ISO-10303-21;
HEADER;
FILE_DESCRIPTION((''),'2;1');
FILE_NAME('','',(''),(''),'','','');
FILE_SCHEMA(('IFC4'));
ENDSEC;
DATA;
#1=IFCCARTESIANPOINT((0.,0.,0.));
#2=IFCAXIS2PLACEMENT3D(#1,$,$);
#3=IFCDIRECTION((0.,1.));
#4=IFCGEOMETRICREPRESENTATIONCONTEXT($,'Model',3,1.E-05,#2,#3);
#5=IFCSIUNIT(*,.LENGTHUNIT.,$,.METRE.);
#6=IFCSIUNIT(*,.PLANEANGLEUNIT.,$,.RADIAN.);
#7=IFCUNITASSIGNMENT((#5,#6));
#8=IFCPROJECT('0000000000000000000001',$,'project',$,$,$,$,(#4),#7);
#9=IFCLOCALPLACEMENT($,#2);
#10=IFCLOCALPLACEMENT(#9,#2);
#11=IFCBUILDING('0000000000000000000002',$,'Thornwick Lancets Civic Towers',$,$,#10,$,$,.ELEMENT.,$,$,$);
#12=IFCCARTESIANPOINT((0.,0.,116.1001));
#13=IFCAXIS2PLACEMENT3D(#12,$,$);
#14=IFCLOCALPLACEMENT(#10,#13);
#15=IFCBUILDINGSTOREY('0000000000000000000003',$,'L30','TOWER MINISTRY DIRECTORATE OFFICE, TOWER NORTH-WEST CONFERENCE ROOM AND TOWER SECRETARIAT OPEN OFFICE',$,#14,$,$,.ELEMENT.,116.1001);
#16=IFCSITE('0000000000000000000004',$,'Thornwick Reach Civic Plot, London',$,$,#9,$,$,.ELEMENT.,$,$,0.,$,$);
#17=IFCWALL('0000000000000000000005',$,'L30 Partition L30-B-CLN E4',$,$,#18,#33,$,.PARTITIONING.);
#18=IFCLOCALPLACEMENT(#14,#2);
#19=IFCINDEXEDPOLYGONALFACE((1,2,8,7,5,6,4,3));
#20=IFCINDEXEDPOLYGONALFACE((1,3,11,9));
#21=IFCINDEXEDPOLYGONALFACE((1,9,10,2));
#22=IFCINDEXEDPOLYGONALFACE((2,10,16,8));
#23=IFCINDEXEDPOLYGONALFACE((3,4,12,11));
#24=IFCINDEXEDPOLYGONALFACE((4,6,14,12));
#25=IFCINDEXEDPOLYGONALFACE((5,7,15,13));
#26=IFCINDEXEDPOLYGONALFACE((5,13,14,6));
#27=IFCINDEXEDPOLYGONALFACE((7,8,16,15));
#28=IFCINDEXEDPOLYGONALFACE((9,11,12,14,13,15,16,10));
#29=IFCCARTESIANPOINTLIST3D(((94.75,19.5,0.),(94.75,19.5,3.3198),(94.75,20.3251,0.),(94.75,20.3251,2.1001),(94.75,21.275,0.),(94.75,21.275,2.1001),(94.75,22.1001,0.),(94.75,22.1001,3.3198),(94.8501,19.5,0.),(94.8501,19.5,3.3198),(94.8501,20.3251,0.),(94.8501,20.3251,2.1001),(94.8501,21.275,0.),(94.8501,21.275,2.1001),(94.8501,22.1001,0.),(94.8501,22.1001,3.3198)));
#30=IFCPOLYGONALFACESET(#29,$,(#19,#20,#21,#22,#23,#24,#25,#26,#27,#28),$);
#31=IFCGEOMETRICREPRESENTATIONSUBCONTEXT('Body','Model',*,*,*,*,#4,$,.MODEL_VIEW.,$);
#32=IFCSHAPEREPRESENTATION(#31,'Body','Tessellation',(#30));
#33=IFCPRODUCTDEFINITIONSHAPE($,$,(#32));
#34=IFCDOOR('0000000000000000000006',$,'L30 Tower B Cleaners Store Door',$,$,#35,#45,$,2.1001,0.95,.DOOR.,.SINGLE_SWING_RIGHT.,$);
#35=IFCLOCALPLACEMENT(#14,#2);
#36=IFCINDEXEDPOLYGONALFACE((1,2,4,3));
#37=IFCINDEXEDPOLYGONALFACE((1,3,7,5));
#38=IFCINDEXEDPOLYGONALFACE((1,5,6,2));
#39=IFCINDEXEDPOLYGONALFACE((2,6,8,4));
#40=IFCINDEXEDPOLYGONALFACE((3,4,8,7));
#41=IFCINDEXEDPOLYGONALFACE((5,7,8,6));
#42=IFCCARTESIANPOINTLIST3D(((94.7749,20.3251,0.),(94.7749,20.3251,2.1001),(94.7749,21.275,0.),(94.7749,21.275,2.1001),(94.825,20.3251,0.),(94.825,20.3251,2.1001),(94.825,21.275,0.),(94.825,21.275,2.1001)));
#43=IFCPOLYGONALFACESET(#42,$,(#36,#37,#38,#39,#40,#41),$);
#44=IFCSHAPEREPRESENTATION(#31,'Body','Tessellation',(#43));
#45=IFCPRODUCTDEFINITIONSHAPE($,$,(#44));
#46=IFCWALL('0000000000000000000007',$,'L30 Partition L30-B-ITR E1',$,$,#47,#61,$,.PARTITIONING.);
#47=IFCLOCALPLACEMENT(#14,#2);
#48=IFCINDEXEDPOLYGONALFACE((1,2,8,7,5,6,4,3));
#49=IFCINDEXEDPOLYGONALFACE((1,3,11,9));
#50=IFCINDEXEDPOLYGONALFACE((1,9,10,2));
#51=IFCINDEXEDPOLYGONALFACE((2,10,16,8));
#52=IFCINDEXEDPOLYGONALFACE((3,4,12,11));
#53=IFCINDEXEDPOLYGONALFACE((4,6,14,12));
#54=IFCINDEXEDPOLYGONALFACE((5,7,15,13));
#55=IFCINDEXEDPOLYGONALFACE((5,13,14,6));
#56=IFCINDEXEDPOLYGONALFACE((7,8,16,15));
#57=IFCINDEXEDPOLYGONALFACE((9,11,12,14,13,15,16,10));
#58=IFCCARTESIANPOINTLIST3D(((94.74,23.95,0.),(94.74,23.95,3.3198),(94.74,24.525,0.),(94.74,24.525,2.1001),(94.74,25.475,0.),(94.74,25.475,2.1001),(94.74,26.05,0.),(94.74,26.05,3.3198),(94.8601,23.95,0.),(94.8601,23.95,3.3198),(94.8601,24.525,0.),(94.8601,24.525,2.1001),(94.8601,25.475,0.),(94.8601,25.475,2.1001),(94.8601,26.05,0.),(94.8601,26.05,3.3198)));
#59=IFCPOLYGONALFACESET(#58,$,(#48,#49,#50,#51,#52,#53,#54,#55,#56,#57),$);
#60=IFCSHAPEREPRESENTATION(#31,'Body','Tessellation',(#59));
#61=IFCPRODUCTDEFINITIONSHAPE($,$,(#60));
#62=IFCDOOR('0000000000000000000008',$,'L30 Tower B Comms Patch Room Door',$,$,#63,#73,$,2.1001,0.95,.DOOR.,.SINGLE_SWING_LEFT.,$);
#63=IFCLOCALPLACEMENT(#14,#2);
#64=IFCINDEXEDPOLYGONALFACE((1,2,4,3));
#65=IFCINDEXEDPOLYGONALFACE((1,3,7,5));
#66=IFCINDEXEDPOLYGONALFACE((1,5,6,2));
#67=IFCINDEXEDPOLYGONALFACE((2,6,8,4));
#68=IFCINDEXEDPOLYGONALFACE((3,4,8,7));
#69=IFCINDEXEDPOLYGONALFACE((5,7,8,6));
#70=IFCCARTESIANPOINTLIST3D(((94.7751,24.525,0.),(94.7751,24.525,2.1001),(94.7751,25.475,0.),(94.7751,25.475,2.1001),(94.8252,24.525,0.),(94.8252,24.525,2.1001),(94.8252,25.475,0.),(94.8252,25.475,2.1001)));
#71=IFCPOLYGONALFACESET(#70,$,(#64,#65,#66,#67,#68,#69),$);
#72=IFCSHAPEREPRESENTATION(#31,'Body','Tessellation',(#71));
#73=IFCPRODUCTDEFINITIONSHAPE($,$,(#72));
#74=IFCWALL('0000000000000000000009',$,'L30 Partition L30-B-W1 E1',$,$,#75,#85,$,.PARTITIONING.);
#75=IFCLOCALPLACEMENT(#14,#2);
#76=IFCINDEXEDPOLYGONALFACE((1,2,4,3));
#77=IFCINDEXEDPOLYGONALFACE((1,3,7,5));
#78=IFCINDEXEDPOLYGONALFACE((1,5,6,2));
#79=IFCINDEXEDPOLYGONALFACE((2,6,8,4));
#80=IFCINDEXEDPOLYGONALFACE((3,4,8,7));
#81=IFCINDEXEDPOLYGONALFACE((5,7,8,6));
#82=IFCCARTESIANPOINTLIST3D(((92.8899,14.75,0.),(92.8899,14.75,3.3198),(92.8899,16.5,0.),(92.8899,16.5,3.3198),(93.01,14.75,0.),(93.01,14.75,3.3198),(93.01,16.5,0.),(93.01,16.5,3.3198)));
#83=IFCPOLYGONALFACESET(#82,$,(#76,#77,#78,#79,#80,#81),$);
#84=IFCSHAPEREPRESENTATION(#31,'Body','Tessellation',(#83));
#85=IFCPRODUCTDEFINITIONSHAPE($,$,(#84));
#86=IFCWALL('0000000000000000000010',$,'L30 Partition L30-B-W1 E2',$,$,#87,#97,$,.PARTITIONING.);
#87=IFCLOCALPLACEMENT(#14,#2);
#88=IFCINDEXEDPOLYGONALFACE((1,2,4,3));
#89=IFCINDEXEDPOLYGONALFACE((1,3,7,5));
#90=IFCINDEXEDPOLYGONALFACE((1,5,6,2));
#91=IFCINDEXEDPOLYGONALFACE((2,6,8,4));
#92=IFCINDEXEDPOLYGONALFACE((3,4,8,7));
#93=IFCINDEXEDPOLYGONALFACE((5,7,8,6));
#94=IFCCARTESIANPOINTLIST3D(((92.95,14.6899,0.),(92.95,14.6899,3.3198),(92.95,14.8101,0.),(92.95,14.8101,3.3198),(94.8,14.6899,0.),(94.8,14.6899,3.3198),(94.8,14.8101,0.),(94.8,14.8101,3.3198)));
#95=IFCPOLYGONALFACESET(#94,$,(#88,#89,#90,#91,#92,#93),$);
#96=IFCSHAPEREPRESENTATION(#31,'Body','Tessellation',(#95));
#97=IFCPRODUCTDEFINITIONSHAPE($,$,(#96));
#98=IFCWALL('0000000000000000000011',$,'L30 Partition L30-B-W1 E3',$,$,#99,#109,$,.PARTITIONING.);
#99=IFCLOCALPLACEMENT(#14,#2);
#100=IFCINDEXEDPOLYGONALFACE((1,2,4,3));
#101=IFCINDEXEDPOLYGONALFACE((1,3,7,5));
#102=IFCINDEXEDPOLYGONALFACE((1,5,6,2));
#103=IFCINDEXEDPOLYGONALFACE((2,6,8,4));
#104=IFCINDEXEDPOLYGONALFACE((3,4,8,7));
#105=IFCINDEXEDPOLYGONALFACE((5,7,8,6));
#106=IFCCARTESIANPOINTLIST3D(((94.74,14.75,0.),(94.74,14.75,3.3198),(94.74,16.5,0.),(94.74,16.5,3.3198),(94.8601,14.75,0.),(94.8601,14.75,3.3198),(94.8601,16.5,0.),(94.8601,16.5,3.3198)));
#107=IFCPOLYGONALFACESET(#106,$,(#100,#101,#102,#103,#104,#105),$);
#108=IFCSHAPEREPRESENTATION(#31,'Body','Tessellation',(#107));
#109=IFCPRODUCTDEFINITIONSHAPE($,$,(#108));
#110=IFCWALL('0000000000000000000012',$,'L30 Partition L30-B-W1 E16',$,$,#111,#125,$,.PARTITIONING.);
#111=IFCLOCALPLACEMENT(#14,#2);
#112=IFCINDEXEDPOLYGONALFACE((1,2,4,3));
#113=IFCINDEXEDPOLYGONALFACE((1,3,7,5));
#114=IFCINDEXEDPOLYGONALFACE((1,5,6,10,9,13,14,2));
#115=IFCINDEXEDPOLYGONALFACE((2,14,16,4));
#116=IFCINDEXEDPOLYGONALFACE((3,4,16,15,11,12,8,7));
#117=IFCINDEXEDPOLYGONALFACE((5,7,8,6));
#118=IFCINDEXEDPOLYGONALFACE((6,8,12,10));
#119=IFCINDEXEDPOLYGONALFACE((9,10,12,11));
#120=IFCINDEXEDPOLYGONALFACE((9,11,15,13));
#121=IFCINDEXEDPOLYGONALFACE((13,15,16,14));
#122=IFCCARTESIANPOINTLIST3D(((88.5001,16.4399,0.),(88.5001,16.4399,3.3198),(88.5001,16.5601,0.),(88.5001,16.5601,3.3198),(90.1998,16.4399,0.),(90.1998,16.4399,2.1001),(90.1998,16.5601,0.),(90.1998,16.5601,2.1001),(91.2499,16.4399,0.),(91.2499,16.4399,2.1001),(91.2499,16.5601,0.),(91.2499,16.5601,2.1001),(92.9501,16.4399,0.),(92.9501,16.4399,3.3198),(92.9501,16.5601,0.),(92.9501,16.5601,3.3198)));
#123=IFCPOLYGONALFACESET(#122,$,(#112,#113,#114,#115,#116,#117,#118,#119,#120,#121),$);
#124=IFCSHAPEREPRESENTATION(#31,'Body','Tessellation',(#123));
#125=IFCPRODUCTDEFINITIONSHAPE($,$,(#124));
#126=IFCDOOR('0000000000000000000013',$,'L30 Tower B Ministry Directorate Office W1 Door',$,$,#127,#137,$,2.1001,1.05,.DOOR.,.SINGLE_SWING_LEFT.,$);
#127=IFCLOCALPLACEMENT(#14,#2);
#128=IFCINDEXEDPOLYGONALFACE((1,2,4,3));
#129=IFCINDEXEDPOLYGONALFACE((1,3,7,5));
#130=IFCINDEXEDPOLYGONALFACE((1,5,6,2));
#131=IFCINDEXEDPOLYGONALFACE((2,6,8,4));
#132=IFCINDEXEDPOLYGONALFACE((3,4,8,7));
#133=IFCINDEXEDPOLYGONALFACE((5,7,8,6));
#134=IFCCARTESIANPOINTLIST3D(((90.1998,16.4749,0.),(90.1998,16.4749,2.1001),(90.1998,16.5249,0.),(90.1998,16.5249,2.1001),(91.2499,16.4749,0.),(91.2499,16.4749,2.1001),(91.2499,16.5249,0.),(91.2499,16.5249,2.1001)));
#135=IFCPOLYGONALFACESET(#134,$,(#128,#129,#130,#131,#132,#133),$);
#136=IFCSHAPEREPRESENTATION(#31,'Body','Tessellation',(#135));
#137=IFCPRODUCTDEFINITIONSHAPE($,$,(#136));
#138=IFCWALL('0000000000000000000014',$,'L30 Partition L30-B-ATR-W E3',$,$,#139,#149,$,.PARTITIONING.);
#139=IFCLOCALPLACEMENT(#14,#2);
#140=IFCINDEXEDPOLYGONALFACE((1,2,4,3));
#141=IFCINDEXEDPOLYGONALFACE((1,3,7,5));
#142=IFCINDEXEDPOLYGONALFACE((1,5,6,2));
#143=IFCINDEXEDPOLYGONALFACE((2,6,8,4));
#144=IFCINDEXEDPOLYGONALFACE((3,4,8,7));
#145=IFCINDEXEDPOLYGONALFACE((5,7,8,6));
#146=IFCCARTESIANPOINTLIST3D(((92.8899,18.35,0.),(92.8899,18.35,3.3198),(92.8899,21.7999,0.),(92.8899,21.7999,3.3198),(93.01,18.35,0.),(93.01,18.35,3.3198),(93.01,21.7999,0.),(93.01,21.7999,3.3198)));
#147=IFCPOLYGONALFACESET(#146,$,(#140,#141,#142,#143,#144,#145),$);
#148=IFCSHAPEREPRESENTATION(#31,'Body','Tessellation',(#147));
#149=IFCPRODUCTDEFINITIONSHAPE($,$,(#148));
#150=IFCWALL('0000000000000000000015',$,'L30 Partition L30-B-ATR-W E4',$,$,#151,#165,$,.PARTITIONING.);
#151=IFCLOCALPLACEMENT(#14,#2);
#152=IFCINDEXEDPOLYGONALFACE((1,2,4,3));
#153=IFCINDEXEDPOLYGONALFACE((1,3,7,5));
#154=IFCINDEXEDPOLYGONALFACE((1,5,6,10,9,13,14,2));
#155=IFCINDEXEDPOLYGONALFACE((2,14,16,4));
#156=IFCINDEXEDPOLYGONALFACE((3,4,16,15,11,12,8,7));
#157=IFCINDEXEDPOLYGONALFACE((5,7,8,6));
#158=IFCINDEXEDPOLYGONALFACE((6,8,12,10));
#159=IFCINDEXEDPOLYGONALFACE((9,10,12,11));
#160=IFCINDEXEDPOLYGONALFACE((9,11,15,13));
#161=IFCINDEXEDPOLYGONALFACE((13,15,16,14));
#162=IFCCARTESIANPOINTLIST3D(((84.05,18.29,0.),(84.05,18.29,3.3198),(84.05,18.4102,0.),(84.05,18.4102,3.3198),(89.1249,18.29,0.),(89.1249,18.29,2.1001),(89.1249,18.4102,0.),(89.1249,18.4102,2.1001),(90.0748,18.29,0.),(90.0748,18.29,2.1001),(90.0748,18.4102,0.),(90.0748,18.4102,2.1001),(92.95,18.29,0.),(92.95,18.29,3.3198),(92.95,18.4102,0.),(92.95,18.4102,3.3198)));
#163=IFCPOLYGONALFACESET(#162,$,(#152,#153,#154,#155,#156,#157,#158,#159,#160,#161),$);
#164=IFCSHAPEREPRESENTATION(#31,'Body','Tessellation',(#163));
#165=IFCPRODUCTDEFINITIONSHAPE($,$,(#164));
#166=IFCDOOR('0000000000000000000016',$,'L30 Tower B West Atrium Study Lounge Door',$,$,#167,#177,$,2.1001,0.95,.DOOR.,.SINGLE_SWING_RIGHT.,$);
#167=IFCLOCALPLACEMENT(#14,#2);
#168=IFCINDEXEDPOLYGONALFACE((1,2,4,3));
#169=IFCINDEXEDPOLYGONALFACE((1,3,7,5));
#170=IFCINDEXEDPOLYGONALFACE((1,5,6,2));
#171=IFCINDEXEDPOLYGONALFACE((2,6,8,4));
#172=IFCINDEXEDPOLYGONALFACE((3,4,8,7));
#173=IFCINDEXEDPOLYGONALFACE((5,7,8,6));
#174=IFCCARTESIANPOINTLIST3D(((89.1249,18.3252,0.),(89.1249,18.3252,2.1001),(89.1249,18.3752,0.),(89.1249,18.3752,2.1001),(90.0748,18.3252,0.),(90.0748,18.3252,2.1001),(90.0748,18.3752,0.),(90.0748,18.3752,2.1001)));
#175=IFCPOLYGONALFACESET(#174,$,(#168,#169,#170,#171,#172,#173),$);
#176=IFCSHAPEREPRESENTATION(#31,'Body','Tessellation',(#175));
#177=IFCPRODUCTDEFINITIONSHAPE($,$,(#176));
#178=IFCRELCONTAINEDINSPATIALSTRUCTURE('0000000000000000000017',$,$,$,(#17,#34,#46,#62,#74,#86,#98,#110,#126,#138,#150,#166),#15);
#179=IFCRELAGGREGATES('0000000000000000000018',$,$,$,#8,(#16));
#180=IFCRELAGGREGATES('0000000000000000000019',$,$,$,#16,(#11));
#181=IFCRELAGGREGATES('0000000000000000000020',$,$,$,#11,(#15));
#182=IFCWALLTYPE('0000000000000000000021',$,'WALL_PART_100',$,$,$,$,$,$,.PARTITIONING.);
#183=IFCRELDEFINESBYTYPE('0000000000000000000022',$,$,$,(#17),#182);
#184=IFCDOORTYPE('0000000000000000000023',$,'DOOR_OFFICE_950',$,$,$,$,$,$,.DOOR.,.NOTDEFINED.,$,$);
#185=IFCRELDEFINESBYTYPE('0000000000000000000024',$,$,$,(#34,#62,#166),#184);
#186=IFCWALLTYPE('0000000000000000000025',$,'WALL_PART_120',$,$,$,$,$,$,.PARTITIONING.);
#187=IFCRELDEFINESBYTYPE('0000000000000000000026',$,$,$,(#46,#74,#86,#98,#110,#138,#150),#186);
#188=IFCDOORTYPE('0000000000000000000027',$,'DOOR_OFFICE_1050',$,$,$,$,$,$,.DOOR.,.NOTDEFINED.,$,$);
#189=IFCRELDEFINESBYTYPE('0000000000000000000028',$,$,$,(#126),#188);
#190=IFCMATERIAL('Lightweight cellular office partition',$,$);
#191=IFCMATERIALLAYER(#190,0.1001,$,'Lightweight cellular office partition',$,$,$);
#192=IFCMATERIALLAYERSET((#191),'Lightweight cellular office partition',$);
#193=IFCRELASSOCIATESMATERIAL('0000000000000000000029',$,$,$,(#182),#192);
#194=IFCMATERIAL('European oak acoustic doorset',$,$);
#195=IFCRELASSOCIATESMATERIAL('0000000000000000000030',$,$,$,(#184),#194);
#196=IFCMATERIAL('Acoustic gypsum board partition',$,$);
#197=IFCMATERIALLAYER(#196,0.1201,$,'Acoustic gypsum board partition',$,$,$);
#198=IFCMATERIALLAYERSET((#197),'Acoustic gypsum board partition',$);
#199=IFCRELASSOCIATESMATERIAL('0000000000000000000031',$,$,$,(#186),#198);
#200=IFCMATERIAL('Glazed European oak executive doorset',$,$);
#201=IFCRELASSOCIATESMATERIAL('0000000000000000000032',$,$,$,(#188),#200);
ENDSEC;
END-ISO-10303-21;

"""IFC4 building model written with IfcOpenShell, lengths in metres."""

from ifc_helpers import new_model, si_unit, direction, frame, frame_2d, origin, place, context, subcontext, project, spatial, rectangle, extrude, material, layer, layer_set, type_object, element, fill, save


model = new_model("IFC4")

# Units and contexts
model_context = context("Model", 3, precision=1e-05, world=origin(), true_north=direction((0.0, 1.0)))
body_context = subcontext(model_context, "Body", "Model", "MODEL_VIEW")
ifc_project = project(units=[si_unit("LENGTHUNIT", "METRE"), si_unit("PLANEANGLEUNIT", "RADIAN")], contexts=[model_context])

# Site, building, storey
site_placement = place(None, origin())
site = spatial("IfcSite", under=ifc_project, at=site_placement, Name="Thornwick Reach Civic Plot, London", CompositionType="ELEMENT", RefElevation=0.0)
building_placement = place(site_placement, origin())
building = spatial("IfcBuilding", under=site, at=building_placement, Name="Thornwick Lancets Civic Towers", CompositionType="ELEMENT")
storey_placement = place(building_placement, frame((0.0, 0.0, 116.1001)))
storey = spatial("IfcBuildingStorey", under=building, at=storey_placement, Name="L30", Description="TOWER MINISTRY DIRECTORATE OFFICE, TOWER NORTH-WEST CONFERENCE ROOM AND TOWER SECRETARIAT OPEN OFFICE", CompositionType="ELEMENT", Elevation=116.1001)

# Shared definitions
ifc_material_1 = material(Name="Lightweight cellular office partition")
ifc_layer_1 = layer(ifc_material_1, 0.1001, Name="Lightweight cellular office partition")
ifc_layer_set_1 = layer_set([ifc_layer_1], Name="Lightweight cellular office partition")
wall_type_1 = type_object("IfcWallType", Name="WALL_PART_100", PredefinedType="PARTITIONING", material=ifc_layer_set_1)

# Walls, openings, doors
wall_1_placement = place(storey_placement, frame((94.8, 22.1001, 0.0), z_axis=(0.0, 0.0, 1.0), x_axis=(0.0, -1.0, 0.0)))
wall_1 = element("IfcWall", 1, at=wall_1_placement, inside=storey, type_object=wall_type_1, Name="L30 Partition L30-B-CLN E4", PredefinedType="PARTITIONING", context=body_context, shape_type="SweptSolid", body=[
    extrude(rectangle(XDim=2.6001, YDim=0.1001, at=frame_2d((1.3, 0.0))), origin(), (0.0, 0.0, 1.0), 3.3198),
])
opening_1_placement = place(wall_1_placement, frame((0.825, 0.0, 0.0)))
opening_1 = element("IfcOpeningElement", 2, at=opening_1_placement, cuts=wall_1, PredefinedType="OPENING", context=body_context, shape_type="SweptSolid", body=[
    extrude(rectangle(XDim=0.95, YDim=2.1001, at=frame_2d((0.4751, 1.05))), frame((0.0, 0.0601, 0.0), z_axis=(0.0, -1.0, 0.0), x_axis=(1.0, 0.0, 0.0)), (0.0, 0.0, 1.0), 0.1201),
])
ifc_material_2 = material(Name="European oak acoustic doorset")
door_type_1 = type_object("IfcDoorType", Name="DOOR_OFFICE_950", OperationType="NOTDEFINED", PredefinedType="DOOR", material=ifc_material_2)
door_1_placement = place(opening_1_placement, origin())
door_1 = element("IfcDoor", 3, at=door_1_placement, inside=storey, type_object=door_type_1, Name="L30 Tower B Cleaners Store Door", OperationType="SINGLE_SWING_RIGHT", OverallHeight=2.1001, OverallWidth=0.95, PredefinedType="DOOR", context=body_context, shape_type="SweptSolid", body=[
    extrude(rectangle(XDim=0.95, YDim=2.1001, at=frame_2d((0.4751, 1.05))), frame((0.0, 0.0249, 0.0), z_axis=(0.0, -1.0, 0.0), x_axis=(1.0, 0.0, 0.0)), (0.0, 0.0, 1.0), 0.05),
])
fill(opening_1, door_1)
ifc_material_3 = material(Name="Acoustic gypsum board partition")
ifc_layer_2 = layer(ifc_material_3, 0.1201, Name="Acoustic gypsum board partition")
ifc_layer_set_2 = layer_set([ifc_layer_2], Name="Acoustic gypsum board partition")
wall_type_2 = type_object("IfcWallType", Name="WALL_PART_120", PredefinedType="PARTITIONING", material=ifc_layer_set_2)
wall_2_placement = place(storey_placement, frame((94.8, 23.95, 0.0), z_axis=(0.0, 0.0, 1.0), x_axis=(0.0, 1.0, 0.0)))
wall_2 = element("IfcWall", 4, at=wall_2_placement, inside=storey, type_object=wall_type_2, Name="L30 Partition L30-B-ITR E1", PredefinedType="PARTITIONING", context=body_context, shape_type="SweptSolid", body=[
    extrude(rectangle(XDim=2.1001, YDim=0.1201, at=frame_2d((1.05, 0.0))), origin(), (0.0, 0.0, 1.0), 3.3198),
])
opening_2_placement = place(wall_2_placement, frame((0.575, 0.0, 0.0)))
opening_2 = element("IfcOpeningElement", 5, at=opening_2_placement, cuts=wall_2, PredefinedType="OPENING", context=body_context, shape_type="SweptSolid", body=[
    extrude(rectangle(XDim=0.95, YDim=2.1001, at=frame_2d((0.4751, 1.05))), frame((0.0, 0.0701, 0.0), z_axis=(0.0, -1.0, 0.0), x_axis=(1.0, 0.0, 0.0)), (0.0, 0.0, 1.0), 0.1401),
])
door_2_placement = place(opening_2_placement, origin())
door_2 = element("IfcDoor", 6, at=door_2_placement, inside=storey, type_object=door_type_1, Name="L30 Tower B Comms Patch Room Door", OperationType="SINGLE_SWING_LEFT", OverallHeight=2.1001, OverallWidth=0.95, PredefinedType="DOOR", context=body_context, shape_type="SweptSolid", body=[
    extrude(rectangle(XDim=0.95, YDim=2.1001, at=frame_2d((0.4751, 1.05))), frame((0.0, 0.0249, 0.0), z_axis=(0.0, -1.0, 0.0), x_axis=(1.0, 0.0, 0.0)), (0.0, 0.0, 1.0), 0.05),
])
fill(opening_2, door_2)

# Walls
wall_3_placement = place(storey_placement, frame((92.95, 16.5, 0.0), z_axis=(0.0, 0.0, 1.0), x_axis=(0.0, -1.0, 0.0)))
element("IfcWall", 7, at=wall_3_placement, inside=storey, type_object=wall_type_2, Name="L30 Partition L30-B-W1 E1", PredefinedType="PARTITIONING", context=body_context, shape_type="SweptSolid", body=[
    extrude(rectangle(XDim=1.75, YDim=0.1201, at=frame_2d((0.875, 0.0))), origin(), (0.0, 0.0, 1.0), 3.3198),
])
wall_4_placement = place(storey_placement, frame((92.95, 14.75, 0.0), z_axis=(0.0, 0.0, 1.0), x_axis=(1.0, 0.0, 0.0)))
element("IfcWall", 8, at=wall_4_placement, inside=storey, type_object=wall_type_2, Name="L30 Partition L30-B-W1 E2", PredefinedType="PARTITIONING", context=body_context, shape_type="SweptSolid", body=[
    extrude(rectangle(XDim=1.8501, YDim=0.1201, at=frame_2d((0.925, 0.0))), origin(), (0.0, 0.0, 1.0), 3.3198),
])
wall_5_placement = place(storey_placement, frame((94.8, 14.75, 0.0), z_axis=(0.0, 0.0, 1.0), x_axis=(0.0, 1.0, 0.0)))
element("IfcWall", 9, at=wall_5_placement, inside=storey, type_object=wall_type_2, Name="L30 Partition L30-B-W1 E3", PredefinedType="PARTITIONING", context=body_context, shape_type="SweptSolid", body=[
    extrude(rectangle(XDim=1.75, YDim=0.1201, at=frame_2d((0.875, 0.0))), origin(), (0.0, 0.0, 1.0), 3.3198),
])

# Wall, opening, door
wall_6_placement = place(storey_placement, frame((88.5, 16.5, 0.0), z_axis=(0.0, 0.0, 1.0), x_axis=(1.0, 0.0, 0.0)))
wall_6 = element("IfcWall", 10, at=wall_6_placement, inside=storey, type_object=wall_type_2, Name="L30 Partition L30-B-W1 E16", PredefinedType="PARTITIONING", context=body_context, shape_type="SweptSolid", body=[
    extrude(rectangle(XDim=4.45, YDim=0.1201, at=frame_2d((2.2251, 0.0))), origin(), (0.0, 0.0, 1.0), 3.3198),
])
opening_3_placement = place(wall_6_placement, frame((1.7, 0.0, 0.0)))
opening_3 = element("IfcOpeningElement", 11, at=opening_3_placement, cuts=wall_6, PredefinedType="OPENING", context=body_context, shape_type="SweptSolid", body=[
    extrude(rectangle(XDim=1.05, YDim=2.1001, at=frame_2d((0.5249, 1.05))), frame((0.0, 0.0701, 0.0), z_axis=(0.0, -1.0, 0.0), x_axis=(1.0, 0.0, 0.0)), (0.0, 0.0, 1.0), 0.1401),
])
ifc_material_4 = material(Name="Glazed European oak executive doorset")
door_type_2 = type_object("IfcDoorType", Name="DOOR_OFFICE_1050", OperationType="NOTDEFINED", PredefinedType="DOOR", material=ifc_material_4)
door_3_placement = place(opening_3_placement, origin())
door_3 = element("IfcDoor", 12, at=door_3_placement, inside=storey, type_object=door_type_2, Name="L30 Tower B Ministry Directorate Office W1 Door", OperationType="SINGLE_SWING_LEFT", OverallHeight=2.1001, OverallWidth=1.05, PredefinedType="DOOR", context=body_context, shape_type="SweptSolid", body=[
    extrude(rectangle(XDim=1.05, YDim=2.1001, at=frame_2d((0.5249, 1.05))), frame((0.0, 0.0249, 0.0), z_axis=(0.0, -1.0, 0.0), x_axis=(1.0, 0.0, 0.0)), (0.0, 0.0, 1.0), 0.05),
])
fill(opening_3, door_3)

# Wall
wall_7_placement = place(storey_placement, frame((92.95, 21.8, 0.0), z_axis=(0.0, 0.0, 1.0), x_axis=(0.0, -1.0, 0.0)))
element("IfcWall", 13, at=wall_7_placement, inside=storey, type_object=wall_type_2, Name="L30 Partition L30-B-ATR-W E3", PredefinedType="PARTITIONING", context=body_context, shape_type="SweptSolid", body=[
    extrude(rectangle(XDim=3.45, YDim=0.1201, at=frame_2d((1.7251, 0.0))), origin(), (0.0, 0.0, 1.0), 3.3198),
])

# Wall, opening, door
wall_8_placement = place(storey_placement, frame((92.95, 18.3501, 0.0), z_axis=(0.0, 0.0, 1.0), x_axis=(-1.0, 0.0, 0.0)))
wall_8 = element("IfcWall", 14, at=wall_8_placement, inside=storey, type_object=wall_type_2, Name="L30 Partition L30-B-ATR-W E4", PredefinedType="PARTITIONING", context=body_context, shape_type="SweptSolid", body=[
    extrude(rectangle(XDim=8.8999, YDim=0.1201, at=frame_2d((4.45, 0.0))), origin(), (0.0, 0.0, 1.0), 3.3198),
])
opening_4_placement = place(wall_8_placement, frame((2.875, 0.0, 0.0)))
opening_4 = element("IfcOpeningElement", 15, at=opening_4_placement, cuts=wall_8, PredefinedType="OPENING", context=body_context, shape_type="SweptSolid", body=[
    extrude(rectangle(XDim=0.95, YDim=2.1001, at=frame_2d((0.4751, 1.05))), frame((0.0, 0.0701, 0.0), z_axis=(0.0, -1.0, 0.0), x_axis=(1.0, 0.0, 0.0)), (0.0, 0.0, 1.0), 0.1401),
])
door_4_placement = place(opening_4_placement, origin())
door_4 = element("IfcDoor", 16, at=door_4_placement, inside=storey, type_object=door_type_1, Name="L30 Tower B West Atrium Study Lounge Door", OperationType="SINGLE_SWING_RIGHT", OverallHeight=2.1001, OverallWidth=0.95, PredefinedType="DOOR", context=body_context, shape_type="SweptSolid", body=[
    extrude(rectangle(XDim=0.95, YDim=2.1001, at=frame_2d((0.4751, 1.05))), frame((0.0, 0.0249, 0.0), z_axis=(0.0, -1.0, 0.0), x_axis=(1.0, 0.0, 0.0)), (0.0, 0.0, 1.0), 0.05),
])
fill(opening_4, door_4)

save(model, "model.ifc")
